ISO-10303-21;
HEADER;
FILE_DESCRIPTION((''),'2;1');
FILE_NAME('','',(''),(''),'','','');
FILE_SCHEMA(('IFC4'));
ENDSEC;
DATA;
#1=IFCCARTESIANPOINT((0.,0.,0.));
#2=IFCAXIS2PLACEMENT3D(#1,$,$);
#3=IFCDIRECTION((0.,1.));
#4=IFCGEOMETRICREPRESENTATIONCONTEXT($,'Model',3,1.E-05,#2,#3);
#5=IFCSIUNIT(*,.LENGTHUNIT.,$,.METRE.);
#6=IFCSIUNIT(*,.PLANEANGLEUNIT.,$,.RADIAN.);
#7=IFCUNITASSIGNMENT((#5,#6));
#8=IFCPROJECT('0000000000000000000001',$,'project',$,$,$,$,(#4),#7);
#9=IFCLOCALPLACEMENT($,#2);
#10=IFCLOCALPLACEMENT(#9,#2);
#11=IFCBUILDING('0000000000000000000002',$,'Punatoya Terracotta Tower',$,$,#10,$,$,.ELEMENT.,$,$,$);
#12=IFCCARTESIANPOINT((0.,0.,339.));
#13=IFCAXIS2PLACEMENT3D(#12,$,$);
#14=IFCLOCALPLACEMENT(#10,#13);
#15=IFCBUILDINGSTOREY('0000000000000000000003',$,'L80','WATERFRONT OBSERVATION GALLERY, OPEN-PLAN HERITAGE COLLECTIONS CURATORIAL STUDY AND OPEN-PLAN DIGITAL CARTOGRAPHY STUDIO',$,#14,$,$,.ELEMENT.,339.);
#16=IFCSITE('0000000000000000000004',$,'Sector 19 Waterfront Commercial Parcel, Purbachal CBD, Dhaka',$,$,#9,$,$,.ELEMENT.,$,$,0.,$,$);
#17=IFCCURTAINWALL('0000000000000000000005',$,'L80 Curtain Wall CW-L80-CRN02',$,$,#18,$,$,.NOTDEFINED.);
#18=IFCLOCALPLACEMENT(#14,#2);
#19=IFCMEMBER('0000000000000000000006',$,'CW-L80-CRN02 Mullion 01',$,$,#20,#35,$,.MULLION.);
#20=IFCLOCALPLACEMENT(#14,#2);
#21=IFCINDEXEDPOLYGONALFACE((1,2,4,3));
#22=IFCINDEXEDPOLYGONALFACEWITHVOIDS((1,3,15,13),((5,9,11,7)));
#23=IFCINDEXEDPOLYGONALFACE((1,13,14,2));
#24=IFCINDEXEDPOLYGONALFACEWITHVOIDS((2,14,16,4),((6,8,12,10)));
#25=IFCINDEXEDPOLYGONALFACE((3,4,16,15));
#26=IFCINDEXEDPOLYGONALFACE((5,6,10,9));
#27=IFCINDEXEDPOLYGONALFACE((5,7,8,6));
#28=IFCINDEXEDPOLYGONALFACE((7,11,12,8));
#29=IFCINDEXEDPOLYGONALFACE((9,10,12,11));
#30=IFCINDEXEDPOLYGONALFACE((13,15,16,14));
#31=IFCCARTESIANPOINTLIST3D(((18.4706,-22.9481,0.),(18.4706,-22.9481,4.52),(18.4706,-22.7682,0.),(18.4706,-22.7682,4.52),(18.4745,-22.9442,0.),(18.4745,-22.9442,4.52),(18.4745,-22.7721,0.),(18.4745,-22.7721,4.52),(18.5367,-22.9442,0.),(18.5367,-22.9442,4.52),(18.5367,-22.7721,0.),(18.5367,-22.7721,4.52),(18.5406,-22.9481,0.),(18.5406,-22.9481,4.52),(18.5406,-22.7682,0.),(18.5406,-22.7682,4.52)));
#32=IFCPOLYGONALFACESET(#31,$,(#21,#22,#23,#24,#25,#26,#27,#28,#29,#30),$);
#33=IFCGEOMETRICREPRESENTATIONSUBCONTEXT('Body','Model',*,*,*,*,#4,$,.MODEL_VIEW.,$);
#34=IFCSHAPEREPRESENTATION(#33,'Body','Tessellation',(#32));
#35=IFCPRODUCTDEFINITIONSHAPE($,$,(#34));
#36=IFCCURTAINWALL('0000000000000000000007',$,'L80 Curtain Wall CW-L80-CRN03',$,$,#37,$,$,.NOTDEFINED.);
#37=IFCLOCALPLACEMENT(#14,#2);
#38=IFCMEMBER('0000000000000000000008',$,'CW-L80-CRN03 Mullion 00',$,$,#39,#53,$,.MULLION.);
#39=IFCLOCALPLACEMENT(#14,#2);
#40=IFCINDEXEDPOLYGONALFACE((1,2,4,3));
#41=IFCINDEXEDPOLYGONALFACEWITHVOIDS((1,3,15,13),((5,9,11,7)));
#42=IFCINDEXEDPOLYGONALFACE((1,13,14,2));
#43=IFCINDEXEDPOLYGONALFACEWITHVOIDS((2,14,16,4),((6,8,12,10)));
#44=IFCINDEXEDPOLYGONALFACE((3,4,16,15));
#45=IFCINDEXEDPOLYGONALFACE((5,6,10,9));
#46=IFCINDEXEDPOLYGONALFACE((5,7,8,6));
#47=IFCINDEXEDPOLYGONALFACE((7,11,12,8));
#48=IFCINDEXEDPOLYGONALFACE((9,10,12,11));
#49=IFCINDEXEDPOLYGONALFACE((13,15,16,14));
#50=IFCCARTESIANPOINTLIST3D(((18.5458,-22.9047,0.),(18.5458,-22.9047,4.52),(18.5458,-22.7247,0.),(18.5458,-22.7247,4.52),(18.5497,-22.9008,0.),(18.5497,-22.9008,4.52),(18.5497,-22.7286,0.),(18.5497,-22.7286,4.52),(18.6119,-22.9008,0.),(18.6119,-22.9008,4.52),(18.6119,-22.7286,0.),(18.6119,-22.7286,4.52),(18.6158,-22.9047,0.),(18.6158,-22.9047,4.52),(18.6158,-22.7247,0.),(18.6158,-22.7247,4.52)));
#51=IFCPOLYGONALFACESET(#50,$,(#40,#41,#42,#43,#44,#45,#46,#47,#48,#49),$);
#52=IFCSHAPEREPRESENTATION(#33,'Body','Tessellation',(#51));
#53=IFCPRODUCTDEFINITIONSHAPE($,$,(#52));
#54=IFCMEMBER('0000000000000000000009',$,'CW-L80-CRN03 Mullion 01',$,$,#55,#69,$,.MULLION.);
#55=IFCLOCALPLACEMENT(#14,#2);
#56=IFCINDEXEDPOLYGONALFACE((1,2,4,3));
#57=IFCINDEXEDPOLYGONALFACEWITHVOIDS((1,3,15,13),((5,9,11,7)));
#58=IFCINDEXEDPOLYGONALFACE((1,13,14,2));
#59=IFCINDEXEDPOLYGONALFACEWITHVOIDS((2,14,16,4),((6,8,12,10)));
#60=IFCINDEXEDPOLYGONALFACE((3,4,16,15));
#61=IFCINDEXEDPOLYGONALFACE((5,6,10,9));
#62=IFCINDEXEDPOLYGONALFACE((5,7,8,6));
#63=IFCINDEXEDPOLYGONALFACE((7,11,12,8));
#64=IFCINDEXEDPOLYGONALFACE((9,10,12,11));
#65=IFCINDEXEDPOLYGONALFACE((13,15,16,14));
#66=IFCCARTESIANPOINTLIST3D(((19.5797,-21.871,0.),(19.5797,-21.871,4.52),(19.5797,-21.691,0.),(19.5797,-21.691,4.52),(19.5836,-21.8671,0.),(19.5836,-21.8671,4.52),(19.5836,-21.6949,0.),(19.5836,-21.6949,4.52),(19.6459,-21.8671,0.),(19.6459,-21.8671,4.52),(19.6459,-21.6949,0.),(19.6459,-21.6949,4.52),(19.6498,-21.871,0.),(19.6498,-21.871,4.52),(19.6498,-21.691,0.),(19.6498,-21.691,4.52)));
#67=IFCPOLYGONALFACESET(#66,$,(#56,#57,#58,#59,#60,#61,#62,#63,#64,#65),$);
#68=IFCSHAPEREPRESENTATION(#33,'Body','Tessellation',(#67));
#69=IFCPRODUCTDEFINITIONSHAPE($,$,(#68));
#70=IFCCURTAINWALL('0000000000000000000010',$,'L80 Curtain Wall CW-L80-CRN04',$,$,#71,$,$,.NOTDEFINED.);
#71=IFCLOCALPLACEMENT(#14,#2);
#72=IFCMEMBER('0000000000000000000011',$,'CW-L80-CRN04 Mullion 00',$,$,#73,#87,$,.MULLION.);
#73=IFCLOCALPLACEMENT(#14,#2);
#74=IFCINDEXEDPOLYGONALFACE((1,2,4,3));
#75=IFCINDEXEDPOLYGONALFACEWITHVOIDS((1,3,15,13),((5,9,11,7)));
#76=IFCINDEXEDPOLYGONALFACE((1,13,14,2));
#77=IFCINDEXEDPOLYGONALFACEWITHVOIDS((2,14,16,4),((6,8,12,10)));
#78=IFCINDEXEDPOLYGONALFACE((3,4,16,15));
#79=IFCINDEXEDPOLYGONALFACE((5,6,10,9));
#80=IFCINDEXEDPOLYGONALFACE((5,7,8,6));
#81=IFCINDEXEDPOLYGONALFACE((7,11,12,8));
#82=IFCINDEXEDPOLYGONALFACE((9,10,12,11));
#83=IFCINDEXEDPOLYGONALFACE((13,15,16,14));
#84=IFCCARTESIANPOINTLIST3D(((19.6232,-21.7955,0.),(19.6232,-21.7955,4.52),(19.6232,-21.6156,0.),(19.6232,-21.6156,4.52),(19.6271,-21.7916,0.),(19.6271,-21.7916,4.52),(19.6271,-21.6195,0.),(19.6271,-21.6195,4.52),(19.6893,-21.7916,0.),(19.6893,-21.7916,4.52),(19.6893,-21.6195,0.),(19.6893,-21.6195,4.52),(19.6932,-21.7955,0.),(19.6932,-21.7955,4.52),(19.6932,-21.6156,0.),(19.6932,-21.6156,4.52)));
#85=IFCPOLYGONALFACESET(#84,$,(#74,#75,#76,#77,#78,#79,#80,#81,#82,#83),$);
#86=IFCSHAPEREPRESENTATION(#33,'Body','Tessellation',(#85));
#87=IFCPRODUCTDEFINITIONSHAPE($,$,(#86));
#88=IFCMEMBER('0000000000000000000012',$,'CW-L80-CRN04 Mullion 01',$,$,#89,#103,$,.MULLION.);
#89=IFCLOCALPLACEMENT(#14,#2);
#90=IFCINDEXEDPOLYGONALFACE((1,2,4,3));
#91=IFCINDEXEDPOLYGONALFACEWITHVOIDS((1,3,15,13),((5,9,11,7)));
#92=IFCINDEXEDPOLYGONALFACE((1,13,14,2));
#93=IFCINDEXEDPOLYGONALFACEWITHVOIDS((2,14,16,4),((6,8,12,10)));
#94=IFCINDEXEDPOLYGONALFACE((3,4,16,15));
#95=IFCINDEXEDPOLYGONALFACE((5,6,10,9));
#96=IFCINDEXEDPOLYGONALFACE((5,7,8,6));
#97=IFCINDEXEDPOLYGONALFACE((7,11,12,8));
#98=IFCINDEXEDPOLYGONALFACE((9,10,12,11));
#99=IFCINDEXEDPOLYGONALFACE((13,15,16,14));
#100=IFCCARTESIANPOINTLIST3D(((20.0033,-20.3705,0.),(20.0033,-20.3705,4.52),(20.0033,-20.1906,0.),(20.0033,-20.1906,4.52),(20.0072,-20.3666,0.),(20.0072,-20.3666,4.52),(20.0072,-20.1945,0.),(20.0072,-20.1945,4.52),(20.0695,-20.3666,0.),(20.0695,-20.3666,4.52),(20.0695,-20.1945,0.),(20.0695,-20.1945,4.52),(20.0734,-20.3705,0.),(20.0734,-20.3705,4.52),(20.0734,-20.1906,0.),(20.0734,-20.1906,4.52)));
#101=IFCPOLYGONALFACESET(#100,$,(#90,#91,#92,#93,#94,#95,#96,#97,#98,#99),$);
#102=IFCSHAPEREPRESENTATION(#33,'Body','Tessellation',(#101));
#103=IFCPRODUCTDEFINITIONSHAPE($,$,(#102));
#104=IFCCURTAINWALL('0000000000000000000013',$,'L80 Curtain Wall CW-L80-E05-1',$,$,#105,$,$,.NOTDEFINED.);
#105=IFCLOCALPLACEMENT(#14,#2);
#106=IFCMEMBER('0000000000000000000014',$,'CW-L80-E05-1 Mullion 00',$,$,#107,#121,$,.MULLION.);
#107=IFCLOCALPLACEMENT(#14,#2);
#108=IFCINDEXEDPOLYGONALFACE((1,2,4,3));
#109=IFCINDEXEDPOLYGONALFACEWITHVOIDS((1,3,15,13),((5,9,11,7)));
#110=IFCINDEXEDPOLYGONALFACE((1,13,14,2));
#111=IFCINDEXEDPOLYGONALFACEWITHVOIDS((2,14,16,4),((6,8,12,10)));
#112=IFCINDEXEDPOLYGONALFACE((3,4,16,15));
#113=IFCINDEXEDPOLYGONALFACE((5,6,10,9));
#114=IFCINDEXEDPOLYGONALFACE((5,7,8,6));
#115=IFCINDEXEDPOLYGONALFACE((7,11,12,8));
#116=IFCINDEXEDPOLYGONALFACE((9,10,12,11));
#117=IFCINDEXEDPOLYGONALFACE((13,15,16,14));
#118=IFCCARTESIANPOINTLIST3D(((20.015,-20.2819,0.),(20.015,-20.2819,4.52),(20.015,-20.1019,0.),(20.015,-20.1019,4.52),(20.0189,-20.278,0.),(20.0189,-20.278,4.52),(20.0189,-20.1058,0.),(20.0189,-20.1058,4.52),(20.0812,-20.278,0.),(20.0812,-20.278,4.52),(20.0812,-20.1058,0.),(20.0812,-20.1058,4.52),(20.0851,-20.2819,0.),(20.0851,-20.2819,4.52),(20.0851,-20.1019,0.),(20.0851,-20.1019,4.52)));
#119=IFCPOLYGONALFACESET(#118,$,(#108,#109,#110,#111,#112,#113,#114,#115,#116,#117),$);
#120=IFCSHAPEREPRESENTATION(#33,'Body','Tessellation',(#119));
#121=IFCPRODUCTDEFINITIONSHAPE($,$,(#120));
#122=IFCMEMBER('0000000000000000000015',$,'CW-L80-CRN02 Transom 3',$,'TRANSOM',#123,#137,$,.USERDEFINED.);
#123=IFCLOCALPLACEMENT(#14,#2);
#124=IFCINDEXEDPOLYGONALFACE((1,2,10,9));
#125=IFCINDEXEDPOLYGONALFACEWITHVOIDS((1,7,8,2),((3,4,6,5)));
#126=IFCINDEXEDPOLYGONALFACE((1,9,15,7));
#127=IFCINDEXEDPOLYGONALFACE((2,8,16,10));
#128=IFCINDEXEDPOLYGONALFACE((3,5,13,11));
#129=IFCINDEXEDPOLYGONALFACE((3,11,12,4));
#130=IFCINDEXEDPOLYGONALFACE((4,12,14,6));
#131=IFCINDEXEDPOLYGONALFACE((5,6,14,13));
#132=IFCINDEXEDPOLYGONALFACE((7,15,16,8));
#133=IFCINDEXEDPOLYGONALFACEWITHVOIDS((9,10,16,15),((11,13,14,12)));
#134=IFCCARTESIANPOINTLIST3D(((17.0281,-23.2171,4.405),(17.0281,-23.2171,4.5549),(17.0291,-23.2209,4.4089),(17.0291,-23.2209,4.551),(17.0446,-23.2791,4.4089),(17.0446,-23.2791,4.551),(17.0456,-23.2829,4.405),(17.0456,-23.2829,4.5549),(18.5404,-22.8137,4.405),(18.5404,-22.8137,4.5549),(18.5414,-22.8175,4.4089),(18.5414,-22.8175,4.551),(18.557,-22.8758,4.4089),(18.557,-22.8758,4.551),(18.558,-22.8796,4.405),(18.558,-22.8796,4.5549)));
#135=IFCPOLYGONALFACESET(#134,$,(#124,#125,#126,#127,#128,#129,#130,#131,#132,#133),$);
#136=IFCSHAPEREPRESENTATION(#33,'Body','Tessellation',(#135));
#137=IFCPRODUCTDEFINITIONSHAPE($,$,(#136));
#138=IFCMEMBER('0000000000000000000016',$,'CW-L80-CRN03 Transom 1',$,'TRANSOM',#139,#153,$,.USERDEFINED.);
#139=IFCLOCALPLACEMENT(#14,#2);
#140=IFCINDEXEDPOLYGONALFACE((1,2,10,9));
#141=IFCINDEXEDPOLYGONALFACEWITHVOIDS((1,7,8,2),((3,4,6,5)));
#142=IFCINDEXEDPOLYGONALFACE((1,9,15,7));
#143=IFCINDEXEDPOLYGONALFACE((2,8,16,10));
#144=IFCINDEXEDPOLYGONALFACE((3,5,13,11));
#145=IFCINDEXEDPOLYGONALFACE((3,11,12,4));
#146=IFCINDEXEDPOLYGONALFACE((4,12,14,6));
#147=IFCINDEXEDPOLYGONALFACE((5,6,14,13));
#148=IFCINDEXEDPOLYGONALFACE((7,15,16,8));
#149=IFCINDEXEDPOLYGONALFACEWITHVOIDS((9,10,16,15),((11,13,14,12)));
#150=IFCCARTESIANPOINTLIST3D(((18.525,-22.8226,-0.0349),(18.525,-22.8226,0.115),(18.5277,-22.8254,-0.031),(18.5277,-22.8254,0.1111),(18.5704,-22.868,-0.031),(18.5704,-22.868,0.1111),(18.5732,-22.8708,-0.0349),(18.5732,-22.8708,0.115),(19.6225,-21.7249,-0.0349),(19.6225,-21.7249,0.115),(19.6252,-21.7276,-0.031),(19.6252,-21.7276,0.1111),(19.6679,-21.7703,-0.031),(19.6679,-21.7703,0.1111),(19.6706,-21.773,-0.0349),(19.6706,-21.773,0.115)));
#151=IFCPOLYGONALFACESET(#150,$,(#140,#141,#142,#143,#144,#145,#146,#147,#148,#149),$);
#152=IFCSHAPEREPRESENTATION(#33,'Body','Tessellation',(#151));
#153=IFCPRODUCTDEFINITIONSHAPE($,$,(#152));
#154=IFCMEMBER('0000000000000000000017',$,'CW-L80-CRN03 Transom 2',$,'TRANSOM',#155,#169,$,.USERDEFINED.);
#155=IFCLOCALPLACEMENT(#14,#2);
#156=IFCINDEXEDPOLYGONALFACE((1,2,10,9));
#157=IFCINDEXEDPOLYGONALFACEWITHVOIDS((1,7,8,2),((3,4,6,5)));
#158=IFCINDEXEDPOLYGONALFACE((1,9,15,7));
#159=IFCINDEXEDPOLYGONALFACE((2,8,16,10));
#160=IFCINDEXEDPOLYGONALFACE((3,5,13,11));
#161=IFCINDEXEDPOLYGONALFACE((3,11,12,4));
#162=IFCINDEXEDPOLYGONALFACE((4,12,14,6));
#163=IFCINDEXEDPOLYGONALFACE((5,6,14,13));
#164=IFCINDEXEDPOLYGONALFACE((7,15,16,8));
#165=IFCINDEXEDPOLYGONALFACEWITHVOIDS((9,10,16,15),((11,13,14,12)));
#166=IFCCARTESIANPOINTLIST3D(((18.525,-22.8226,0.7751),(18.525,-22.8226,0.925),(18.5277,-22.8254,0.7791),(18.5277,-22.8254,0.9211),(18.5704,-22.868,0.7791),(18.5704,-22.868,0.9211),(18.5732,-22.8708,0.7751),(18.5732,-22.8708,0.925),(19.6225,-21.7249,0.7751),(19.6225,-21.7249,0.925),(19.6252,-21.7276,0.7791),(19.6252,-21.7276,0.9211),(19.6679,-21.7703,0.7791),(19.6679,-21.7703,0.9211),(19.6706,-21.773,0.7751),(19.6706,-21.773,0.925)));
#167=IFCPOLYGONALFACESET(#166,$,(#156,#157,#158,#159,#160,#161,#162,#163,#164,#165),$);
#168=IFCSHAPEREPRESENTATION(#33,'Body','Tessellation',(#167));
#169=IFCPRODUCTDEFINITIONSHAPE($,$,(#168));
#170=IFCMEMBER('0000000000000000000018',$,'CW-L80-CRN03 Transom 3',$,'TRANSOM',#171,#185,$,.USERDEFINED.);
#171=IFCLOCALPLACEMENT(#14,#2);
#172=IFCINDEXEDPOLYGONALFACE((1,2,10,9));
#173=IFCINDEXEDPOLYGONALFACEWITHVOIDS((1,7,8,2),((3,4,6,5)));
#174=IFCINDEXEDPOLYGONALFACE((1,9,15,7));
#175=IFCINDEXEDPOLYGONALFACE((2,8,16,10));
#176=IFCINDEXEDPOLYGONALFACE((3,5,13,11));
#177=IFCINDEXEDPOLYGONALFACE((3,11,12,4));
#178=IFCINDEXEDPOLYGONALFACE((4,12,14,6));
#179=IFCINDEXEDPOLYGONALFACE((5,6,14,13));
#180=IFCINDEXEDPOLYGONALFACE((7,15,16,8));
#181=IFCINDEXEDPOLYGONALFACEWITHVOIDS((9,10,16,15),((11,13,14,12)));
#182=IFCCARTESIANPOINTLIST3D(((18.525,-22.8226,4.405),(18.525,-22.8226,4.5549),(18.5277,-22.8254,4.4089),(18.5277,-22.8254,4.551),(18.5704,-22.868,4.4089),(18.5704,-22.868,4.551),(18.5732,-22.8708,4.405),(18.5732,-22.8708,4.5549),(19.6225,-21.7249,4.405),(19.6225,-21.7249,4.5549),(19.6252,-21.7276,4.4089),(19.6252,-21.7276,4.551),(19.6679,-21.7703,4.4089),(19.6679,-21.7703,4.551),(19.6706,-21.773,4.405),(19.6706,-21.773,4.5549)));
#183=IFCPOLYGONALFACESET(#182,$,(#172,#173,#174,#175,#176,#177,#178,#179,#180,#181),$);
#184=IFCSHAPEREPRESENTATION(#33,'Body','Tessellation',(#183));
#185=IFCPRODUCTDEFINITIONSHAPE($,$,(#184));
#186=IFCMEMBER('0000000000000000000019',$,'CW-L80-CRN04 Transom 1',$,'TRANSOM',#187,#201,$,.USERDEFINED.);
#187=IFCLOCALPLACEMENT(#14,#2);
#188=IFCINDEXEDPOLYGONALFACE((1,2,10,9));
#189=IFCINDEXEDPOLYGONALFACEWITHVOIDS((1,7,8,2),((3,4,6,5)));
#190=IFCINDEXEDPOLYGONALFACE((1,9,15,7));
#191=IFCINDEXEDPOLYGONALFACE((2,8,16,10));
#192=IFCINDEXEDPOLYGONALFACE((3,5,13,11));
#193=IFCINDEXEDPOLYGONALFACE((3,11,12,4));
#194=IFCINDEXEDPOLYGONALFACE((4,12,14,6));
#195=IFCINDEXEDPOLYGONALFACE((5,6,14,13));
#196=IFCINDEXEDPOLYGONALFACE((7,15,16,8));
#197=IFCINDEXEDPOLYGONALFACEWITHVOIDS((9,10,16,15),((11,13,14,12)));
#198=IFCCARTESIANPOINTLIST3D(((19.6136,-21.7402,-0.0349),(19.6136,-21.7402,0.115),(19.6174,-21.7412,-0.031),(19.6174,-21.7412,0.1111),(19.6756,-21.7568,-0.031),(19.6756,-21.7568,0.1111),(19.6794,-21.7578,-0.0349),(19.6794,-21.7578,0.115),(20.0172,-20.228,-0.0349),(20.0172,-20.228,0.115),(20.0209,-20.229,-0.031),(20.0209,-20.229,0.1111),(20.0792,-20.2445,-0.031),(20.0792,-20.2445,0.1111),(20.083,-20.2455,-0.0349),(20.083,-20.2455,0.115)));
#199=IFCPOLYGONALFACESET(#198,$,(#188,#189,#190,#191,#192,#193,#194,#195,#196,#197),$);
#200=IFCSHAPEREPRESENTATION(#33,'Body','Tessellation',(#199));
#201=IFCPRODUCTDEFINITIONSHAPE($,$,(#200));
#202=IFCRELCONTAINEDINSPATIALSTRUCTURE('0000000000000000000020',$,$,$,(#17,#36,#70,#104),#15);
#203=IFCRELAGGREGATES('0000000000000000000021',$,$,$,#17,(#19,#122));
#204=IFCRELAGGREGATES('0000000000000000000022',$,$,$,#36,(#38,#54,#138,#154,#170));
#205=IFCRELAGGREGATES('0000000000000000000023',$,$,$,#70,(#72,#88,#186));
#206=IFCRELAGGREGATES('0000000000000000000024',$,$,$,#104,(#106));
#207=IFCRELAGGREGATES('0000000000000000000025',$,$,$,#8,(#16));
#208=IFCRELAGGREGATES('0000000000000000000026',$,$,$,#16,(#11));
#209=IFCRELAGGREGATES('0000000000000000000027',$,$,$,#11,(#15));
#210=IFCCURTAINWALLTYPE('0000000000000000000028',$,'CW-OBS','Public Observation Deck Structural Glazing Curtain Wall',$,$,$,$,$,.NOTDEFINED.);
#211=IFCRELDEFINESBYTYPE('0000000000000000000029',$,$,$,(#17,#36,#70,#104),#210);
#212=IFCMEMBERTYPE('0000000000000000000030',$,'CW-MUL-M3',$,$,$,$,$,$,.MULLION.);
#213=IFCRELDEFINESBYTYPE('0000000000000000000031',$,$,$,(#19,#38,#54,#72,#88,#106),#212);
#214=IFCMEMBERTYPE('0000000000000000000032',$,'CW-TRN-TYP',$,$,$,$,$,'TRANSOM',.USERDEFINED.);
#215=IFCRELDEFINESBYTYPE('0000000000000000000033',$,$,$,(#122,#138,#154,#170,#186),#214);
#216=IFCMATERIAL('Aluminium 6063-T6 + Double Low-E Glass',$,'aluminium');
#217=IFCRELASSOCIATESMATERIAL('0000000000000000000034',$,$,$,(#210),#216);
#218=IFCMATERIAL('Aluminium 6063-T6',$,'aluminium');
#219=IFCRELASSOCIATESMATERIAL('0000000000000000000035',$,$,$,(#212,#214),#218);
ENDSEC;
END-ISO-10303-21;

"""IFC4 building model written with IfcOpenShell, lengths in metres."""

from ifc_helpers import new_model, si_unit, direction, frame, origin, origin_2d, place, context, subcontext, project, spatial, hollow_rectangle, extrude, material, material_profile, profile_set, type_object, element, aggregate, save


model = new_model("IFC4")

# Units and contexts
model_context = context("Model", 3, precision=1e-05, world=origin(), true_north=direction((0.0, 1.0)))
body_context = subcontext(model_context, "Body", "Model", "MODEL_VIEW")
ifc_project = project(units=[si_unit("LENGTHUNIT", "METRE"), si_unit("PLANEANGLEUNIT", "RADIAN")], contexts=[model_context])

# Site, building, storey
site_placement = place(None, origin())
site = spatial("IfcSite", under=ifc_project, at=site_placement, Name="Sector 19 Waterfront Commercial Parcel, Purbachal CBD, Dhaka", CompositionType="ELEMENT", RefElevation=0.0)
building_placement = place(site_placement, origin())
building = spatial("IfcBuilding", under=site, at=building_placement, Name="Punatoya Terracotta Tower", CompositionType="ELEMENT")
storey_placement = place(building_placement, frame((0.0, 0.0, 339.0)))
storey = spatial("IfcBuildingStorey", under=building, at=storey_placement, Name="L80", Description="WATERFRONT OBSERVATION GALLERY, OPEN-PLAN HERITAGE COLLECTIONS CURATORIAL STUDY AND OPEN-PLAN DIGITAL CARTOGRAPHY STUDIO", CompositionType="ELEMENT", Elevation=339.0)

# Curtain walls, members
ifc_material_1 = material(Name="Aluminium 6063-T6 + Double Low-E Glass", Category="aluminium")
curtain_wall_type = type_object("IfcCurtainWallType", Name="CW-OBS", Description="Public Observation Deck Structural Glazing Curtain Wall", PredefinedType="NOTDEFINED", material=ifc_material_1)
curtain_wall_1_placement = place(storey_placement, origin())
curtain_wall_1 = element("IfcCurtainWall", 1, at=curtain_wall_1_placement, inside=storey, type_object=curtain_wall_type, Name="L80 Curtain Wall CW-L80-CRN02", PredefinedType="NOTDEFINED")
ifc_material_2 = material(Name="Aluminium 6063-T6", Category="aluminium")
ifc_material_profile_1 = material_profile(ifc_material_2, hollow_rectangle(XDim=0.0701, YDim=0.1799, WallThickness=0.0039, at=origin_2d()))
ifc_profile_set_1 = profile_set([ifc_material_profile_1], Name="Aluminium 6063-T6")
member_type_1 = type_object("IfcMemberType", Name="CW-MUL-M3", PredefinedType="MULLION", material=ifc_profile_set_1)
member_1_placement = place(storey_placement, frame((18.5056, -22.8582, 0.0), z_axis=(0.0, 0.0, 1.0), x_axis=(1.0, 0.0, 0.0)))
member_1 = element("IfcMember", 2, at=member_1_placement, type_object=member_type_1, Name="CW-L80-CRN02 Mullion 01", PredefinedType="MULLION", context=body_context, shape_type="SweptSolid", body=[
    extrude(hollow_rectangle(XDim=0.0701, YDim=0.1799, WallThickness=0.0039, at=origin_2d()), origin(), (0.0, 0.0, 1.0), 4.52),
])
curtain_wall_2_placement = place(storey_placement, origin())
curtain_wall_2 = element("IfcCurtainWall", 3, at=curtain_wall_2_placement, inside=storey, type_object=curtain_wall_type, Name="L80 Curtain Wall CW-L80-CRN03", PredefinedType="NOTDEFINED")
member_2_placement = place(storey_placement, frame((18.5808, -22.8147, 0.0), z_axis=(0.0, 0.0, 1.0), x_axis=(1.0, 0.0, 0.0)))
member_2 = element("IfcMember", 4, at=member_2_placement, type_object=member_type_1, Name="CW-L80-CRN03 Mullion 00", PredefinedType="MULLION", context=body_context, shape_type="SweptSolid", body=[
    extrude(hollow_rectangle(XDim=0.0701, YDim=0.1799, WallThickness=0.0039, at=origin_2d()), origin(), (0.0, 0.0, 1.0), 4.52),
])
member_3_placement = place(storey_placement, frame((19.6147, -21.781, 0.0), z_axis=(0.0, 0.0, 1.0), x_axis=(1.0, 0.0, 0.0)))
member_3 = element("IfcMember", 5, at=member_3_placement, type_object=member_type_1, Name="CW-L80-CRN03 Mullion 01", PredefinedType="MULLION", context=body_context, shape_type="SweptSolid", body=[
    extrude(hollow_rectangle(XDim=0.0701, YDim=0.1799, WallThickness=0.0039, at=origin_2d()), origin(), (0.0, 0.0, 1.0), 4.52),
])
curtain_wall_3_placement = place(storey_placement, origin())
curtain_wall_3 = element("IfcCurtainWall", 6, at=curtain_wall_3_placement, inside=storey, type_object=curtain_wall_type, Name="L80 Curtain Wall CW-L80-CRN04", PredefinedType="NOTDEFINED")
member_4_placement = place(storey_placement, frame((19.6582, -21.7056, 0.0), z_axis=(0.0, 0.0, 1.0), x_axis=(1.0, 0.0, 0.0)))
member_4 = element("IfcMember", 7, at=member_4_placement, type_object=member_type_1, Name="CW-L80-CRN04 Mullion 00", PredefinedType="MULLION", context=body_context, shape_type="SweptSolid", body=[
    extrude(hollow_rectangle(XDim=0.0701, YDim=0.1799, WallThickness=0.0039, at=origin_2d()), origin(), (0.0, 0.0, 1.0), 4.52),
])
member_5_placement = place(storey_placement, frame((20.0383, -20.2805, 0.0), z_axis=(0.0, 0.0, 1.0), x_axis=(1.0, 0.0, 0.0)))
member_5 = element("IfcMember", 8, at=member_5_placement, type_object=member_type_1, Name="CW-L80-CRN04 Mullion 01", PredefinedType="MULLION", context=body_context, shape_type="SweptSolid", body=[
    extrude(hollow_rectangle(XDim=0.0701, YDim=0.1799, WallThickness=0.0039, at=origin_2d()), origin(), (0.0, 0.0, 1.0), 4.52),
])

# Curtain wall, member
curtain_wall_4_placement = place(storey_placement, origin())
curtain_wall_4 = element("IfcCurtainWall", 9, at=curtain_wall_4_placement, inside=storey, type_object=curtain_wall_type, Name="L80 Curtain Wall CW-L80-E05-1", PredefinedType="NOTDEFINED")
member_6_placement = place(storey_placement, frame((20.05, -20.1919, 0.0), z_axis=(0.0, 0.0, 1.0), x_axis=(1.0, 0.0, 0.0)))
member_6 = element("IfcMember", 10, at=member_6_placement, type_object=member_type_1, Name="CW-L80-E05-1 Mullion 00", PredefinedType="MULLION", context=body_context, shape_type="SweptSolid", body=[
    extrude(hollow_rectangle(XDim=0.0701, YDim=0.1799, WallThickness=0.0039, at=origin_2d()), origin(), (0.0, 0.0, 1.0), 4.52),
])

# Members
ifc_material_profile_2 = material_profile(ifc_material_2, hollow_rectangle(XDim=0.0681, YDim=0.1499, WallThickness=0.0039, at=origin_2d()))
ifc_profile_set_2 = profile_set([ifc_material_profile_2], Name="Aluminium 6063-T6")
member_type_2 = type_object("IfcMemberType", Name="CW-TRN-TYP", ElementType="TRANSOM", PredefinedType="USERDEFINED", material=ifc_profile_set_2)
member_7_placement = place(storey_placement, frame((17.0369, -23.25, 4.48), z_axis=(0.966225, 0.257701, 0.0), x_axis=(-0.257701, 0.966225, 0.0)))
member_7 = element("IfcMember", 11, at=member_7_placement, type_object=member_type_2, Name="CW-L80-CRN02 Transom 3", ObjectType="TRANSOM", PredefinedType="USERDEFINED", context=body_context, shape_type="SweptSolid", body=[
    extrude(hollow_rectangle(XDim=0.0681, YDim=0.1499, WallThickness=0.0039, at=origin_2d()), origin(), (0.0, 0.0, 1.0), 1.5652),
])
member_8_placement = place(storey_placement, frame((18.5491, -22.8467, 0.04), z_axis=(0.707028, 0.707185, 0.0), x_axis=(-0.707185, 0.707028, 0.0)))
member_8 = element("IfcMember", 12, at=member_8_placement, type_object=member_type_2, Name="CW-L80-CRN03 Transom 1", ObjectType="TRANSOM", PredefinedType="USERDEFINED", context=body_context, shape_type="SweptSolid", body=[
    extrude(hollow_rectangle(XDim=0.0681, YDim=0.1499, WallThickness=0.0039, at=origin_2d()), origin(), (0.0, 0.0, 1.0), 1.5522),
])
member_9_placement = place(storey_placement, frame((18.5491, -22.8467, 0.8501), z_axis=(0.707028, 0.707185, 0.0), x_axis=(-0.707185, 0.707028, 0.0)))
member_9 = element("IfcMember", 13, at=member_9_placement, type_object=member_type_2, Name="CW-L80-CRN03 Transom 2", ObjectType="TRANSOM", PredefinedType="USERDEFINED", context=body_context, shape_type="SweptSolid", body=[
    extrude(hollow_rectangle(XDim=0.0681, YDim=0.1499, WallThickness=0.0039, at=origin_2d()), origin(), (0.0, 0.0, 1.0), 1.5522),
])
member_10_placement = place(storey_placement, frame((18.5491, -22.8467, 4.48), z_axis=(0.707028, 0.707185, 0.0), x_axis=(-0.707185, 0.707028, 0.0)))
member_10 = element("IfcMember", 14, at=member_10_placement, type_object=member_type_2, Name="CW-L80-CRN03 Transom 3", ObjectType="TRANSOM", PredefinedType="USERDEFINED", context=body_context, shape_type="SweptSolid", body=[
    extrude(hollow_rectangle(XDim=0.0681, YDim=0.1499, WallThickness=0.0039, at=origin_2d()), origin(), (0.0, 0.0, 1.0), 1.5522),
])
member_11_placement = place(storey_placement, frame((19.6465, -21.749, 0.04), z_axis=(0.257847, 0.966186, 0.0), x_axis=(-0.966186, 0.257847, 0.0)))
member_11 = element("IfcMember", 15, at=member_11_placement, type_object=member_type_2, Name="CW-L80-CRN04 Transom 1", ObjectType="TRANSOM", PredefinedType="USERDEFINED", context=body_context, shape_type="SweptSolid", body=[
    extrude(hollow_rectangle(XDim=0.0681, YDim=0.1499, WallThickness=0.0039, at=origin_2d()), origin(), (0.0, 0.0, 1.0), 1.5652),
])

aggregate(curtain_wall_1, [member_1, member_7])
aggregate(curtain_wall_2, [member_2, member_3, member_8, member_9, member_10])
aggregate(curtain_wall_3, [member_4, member_5, member_11])
aggregate(curtain_wall_4, [member_6])

save(model, "model.ifc")
